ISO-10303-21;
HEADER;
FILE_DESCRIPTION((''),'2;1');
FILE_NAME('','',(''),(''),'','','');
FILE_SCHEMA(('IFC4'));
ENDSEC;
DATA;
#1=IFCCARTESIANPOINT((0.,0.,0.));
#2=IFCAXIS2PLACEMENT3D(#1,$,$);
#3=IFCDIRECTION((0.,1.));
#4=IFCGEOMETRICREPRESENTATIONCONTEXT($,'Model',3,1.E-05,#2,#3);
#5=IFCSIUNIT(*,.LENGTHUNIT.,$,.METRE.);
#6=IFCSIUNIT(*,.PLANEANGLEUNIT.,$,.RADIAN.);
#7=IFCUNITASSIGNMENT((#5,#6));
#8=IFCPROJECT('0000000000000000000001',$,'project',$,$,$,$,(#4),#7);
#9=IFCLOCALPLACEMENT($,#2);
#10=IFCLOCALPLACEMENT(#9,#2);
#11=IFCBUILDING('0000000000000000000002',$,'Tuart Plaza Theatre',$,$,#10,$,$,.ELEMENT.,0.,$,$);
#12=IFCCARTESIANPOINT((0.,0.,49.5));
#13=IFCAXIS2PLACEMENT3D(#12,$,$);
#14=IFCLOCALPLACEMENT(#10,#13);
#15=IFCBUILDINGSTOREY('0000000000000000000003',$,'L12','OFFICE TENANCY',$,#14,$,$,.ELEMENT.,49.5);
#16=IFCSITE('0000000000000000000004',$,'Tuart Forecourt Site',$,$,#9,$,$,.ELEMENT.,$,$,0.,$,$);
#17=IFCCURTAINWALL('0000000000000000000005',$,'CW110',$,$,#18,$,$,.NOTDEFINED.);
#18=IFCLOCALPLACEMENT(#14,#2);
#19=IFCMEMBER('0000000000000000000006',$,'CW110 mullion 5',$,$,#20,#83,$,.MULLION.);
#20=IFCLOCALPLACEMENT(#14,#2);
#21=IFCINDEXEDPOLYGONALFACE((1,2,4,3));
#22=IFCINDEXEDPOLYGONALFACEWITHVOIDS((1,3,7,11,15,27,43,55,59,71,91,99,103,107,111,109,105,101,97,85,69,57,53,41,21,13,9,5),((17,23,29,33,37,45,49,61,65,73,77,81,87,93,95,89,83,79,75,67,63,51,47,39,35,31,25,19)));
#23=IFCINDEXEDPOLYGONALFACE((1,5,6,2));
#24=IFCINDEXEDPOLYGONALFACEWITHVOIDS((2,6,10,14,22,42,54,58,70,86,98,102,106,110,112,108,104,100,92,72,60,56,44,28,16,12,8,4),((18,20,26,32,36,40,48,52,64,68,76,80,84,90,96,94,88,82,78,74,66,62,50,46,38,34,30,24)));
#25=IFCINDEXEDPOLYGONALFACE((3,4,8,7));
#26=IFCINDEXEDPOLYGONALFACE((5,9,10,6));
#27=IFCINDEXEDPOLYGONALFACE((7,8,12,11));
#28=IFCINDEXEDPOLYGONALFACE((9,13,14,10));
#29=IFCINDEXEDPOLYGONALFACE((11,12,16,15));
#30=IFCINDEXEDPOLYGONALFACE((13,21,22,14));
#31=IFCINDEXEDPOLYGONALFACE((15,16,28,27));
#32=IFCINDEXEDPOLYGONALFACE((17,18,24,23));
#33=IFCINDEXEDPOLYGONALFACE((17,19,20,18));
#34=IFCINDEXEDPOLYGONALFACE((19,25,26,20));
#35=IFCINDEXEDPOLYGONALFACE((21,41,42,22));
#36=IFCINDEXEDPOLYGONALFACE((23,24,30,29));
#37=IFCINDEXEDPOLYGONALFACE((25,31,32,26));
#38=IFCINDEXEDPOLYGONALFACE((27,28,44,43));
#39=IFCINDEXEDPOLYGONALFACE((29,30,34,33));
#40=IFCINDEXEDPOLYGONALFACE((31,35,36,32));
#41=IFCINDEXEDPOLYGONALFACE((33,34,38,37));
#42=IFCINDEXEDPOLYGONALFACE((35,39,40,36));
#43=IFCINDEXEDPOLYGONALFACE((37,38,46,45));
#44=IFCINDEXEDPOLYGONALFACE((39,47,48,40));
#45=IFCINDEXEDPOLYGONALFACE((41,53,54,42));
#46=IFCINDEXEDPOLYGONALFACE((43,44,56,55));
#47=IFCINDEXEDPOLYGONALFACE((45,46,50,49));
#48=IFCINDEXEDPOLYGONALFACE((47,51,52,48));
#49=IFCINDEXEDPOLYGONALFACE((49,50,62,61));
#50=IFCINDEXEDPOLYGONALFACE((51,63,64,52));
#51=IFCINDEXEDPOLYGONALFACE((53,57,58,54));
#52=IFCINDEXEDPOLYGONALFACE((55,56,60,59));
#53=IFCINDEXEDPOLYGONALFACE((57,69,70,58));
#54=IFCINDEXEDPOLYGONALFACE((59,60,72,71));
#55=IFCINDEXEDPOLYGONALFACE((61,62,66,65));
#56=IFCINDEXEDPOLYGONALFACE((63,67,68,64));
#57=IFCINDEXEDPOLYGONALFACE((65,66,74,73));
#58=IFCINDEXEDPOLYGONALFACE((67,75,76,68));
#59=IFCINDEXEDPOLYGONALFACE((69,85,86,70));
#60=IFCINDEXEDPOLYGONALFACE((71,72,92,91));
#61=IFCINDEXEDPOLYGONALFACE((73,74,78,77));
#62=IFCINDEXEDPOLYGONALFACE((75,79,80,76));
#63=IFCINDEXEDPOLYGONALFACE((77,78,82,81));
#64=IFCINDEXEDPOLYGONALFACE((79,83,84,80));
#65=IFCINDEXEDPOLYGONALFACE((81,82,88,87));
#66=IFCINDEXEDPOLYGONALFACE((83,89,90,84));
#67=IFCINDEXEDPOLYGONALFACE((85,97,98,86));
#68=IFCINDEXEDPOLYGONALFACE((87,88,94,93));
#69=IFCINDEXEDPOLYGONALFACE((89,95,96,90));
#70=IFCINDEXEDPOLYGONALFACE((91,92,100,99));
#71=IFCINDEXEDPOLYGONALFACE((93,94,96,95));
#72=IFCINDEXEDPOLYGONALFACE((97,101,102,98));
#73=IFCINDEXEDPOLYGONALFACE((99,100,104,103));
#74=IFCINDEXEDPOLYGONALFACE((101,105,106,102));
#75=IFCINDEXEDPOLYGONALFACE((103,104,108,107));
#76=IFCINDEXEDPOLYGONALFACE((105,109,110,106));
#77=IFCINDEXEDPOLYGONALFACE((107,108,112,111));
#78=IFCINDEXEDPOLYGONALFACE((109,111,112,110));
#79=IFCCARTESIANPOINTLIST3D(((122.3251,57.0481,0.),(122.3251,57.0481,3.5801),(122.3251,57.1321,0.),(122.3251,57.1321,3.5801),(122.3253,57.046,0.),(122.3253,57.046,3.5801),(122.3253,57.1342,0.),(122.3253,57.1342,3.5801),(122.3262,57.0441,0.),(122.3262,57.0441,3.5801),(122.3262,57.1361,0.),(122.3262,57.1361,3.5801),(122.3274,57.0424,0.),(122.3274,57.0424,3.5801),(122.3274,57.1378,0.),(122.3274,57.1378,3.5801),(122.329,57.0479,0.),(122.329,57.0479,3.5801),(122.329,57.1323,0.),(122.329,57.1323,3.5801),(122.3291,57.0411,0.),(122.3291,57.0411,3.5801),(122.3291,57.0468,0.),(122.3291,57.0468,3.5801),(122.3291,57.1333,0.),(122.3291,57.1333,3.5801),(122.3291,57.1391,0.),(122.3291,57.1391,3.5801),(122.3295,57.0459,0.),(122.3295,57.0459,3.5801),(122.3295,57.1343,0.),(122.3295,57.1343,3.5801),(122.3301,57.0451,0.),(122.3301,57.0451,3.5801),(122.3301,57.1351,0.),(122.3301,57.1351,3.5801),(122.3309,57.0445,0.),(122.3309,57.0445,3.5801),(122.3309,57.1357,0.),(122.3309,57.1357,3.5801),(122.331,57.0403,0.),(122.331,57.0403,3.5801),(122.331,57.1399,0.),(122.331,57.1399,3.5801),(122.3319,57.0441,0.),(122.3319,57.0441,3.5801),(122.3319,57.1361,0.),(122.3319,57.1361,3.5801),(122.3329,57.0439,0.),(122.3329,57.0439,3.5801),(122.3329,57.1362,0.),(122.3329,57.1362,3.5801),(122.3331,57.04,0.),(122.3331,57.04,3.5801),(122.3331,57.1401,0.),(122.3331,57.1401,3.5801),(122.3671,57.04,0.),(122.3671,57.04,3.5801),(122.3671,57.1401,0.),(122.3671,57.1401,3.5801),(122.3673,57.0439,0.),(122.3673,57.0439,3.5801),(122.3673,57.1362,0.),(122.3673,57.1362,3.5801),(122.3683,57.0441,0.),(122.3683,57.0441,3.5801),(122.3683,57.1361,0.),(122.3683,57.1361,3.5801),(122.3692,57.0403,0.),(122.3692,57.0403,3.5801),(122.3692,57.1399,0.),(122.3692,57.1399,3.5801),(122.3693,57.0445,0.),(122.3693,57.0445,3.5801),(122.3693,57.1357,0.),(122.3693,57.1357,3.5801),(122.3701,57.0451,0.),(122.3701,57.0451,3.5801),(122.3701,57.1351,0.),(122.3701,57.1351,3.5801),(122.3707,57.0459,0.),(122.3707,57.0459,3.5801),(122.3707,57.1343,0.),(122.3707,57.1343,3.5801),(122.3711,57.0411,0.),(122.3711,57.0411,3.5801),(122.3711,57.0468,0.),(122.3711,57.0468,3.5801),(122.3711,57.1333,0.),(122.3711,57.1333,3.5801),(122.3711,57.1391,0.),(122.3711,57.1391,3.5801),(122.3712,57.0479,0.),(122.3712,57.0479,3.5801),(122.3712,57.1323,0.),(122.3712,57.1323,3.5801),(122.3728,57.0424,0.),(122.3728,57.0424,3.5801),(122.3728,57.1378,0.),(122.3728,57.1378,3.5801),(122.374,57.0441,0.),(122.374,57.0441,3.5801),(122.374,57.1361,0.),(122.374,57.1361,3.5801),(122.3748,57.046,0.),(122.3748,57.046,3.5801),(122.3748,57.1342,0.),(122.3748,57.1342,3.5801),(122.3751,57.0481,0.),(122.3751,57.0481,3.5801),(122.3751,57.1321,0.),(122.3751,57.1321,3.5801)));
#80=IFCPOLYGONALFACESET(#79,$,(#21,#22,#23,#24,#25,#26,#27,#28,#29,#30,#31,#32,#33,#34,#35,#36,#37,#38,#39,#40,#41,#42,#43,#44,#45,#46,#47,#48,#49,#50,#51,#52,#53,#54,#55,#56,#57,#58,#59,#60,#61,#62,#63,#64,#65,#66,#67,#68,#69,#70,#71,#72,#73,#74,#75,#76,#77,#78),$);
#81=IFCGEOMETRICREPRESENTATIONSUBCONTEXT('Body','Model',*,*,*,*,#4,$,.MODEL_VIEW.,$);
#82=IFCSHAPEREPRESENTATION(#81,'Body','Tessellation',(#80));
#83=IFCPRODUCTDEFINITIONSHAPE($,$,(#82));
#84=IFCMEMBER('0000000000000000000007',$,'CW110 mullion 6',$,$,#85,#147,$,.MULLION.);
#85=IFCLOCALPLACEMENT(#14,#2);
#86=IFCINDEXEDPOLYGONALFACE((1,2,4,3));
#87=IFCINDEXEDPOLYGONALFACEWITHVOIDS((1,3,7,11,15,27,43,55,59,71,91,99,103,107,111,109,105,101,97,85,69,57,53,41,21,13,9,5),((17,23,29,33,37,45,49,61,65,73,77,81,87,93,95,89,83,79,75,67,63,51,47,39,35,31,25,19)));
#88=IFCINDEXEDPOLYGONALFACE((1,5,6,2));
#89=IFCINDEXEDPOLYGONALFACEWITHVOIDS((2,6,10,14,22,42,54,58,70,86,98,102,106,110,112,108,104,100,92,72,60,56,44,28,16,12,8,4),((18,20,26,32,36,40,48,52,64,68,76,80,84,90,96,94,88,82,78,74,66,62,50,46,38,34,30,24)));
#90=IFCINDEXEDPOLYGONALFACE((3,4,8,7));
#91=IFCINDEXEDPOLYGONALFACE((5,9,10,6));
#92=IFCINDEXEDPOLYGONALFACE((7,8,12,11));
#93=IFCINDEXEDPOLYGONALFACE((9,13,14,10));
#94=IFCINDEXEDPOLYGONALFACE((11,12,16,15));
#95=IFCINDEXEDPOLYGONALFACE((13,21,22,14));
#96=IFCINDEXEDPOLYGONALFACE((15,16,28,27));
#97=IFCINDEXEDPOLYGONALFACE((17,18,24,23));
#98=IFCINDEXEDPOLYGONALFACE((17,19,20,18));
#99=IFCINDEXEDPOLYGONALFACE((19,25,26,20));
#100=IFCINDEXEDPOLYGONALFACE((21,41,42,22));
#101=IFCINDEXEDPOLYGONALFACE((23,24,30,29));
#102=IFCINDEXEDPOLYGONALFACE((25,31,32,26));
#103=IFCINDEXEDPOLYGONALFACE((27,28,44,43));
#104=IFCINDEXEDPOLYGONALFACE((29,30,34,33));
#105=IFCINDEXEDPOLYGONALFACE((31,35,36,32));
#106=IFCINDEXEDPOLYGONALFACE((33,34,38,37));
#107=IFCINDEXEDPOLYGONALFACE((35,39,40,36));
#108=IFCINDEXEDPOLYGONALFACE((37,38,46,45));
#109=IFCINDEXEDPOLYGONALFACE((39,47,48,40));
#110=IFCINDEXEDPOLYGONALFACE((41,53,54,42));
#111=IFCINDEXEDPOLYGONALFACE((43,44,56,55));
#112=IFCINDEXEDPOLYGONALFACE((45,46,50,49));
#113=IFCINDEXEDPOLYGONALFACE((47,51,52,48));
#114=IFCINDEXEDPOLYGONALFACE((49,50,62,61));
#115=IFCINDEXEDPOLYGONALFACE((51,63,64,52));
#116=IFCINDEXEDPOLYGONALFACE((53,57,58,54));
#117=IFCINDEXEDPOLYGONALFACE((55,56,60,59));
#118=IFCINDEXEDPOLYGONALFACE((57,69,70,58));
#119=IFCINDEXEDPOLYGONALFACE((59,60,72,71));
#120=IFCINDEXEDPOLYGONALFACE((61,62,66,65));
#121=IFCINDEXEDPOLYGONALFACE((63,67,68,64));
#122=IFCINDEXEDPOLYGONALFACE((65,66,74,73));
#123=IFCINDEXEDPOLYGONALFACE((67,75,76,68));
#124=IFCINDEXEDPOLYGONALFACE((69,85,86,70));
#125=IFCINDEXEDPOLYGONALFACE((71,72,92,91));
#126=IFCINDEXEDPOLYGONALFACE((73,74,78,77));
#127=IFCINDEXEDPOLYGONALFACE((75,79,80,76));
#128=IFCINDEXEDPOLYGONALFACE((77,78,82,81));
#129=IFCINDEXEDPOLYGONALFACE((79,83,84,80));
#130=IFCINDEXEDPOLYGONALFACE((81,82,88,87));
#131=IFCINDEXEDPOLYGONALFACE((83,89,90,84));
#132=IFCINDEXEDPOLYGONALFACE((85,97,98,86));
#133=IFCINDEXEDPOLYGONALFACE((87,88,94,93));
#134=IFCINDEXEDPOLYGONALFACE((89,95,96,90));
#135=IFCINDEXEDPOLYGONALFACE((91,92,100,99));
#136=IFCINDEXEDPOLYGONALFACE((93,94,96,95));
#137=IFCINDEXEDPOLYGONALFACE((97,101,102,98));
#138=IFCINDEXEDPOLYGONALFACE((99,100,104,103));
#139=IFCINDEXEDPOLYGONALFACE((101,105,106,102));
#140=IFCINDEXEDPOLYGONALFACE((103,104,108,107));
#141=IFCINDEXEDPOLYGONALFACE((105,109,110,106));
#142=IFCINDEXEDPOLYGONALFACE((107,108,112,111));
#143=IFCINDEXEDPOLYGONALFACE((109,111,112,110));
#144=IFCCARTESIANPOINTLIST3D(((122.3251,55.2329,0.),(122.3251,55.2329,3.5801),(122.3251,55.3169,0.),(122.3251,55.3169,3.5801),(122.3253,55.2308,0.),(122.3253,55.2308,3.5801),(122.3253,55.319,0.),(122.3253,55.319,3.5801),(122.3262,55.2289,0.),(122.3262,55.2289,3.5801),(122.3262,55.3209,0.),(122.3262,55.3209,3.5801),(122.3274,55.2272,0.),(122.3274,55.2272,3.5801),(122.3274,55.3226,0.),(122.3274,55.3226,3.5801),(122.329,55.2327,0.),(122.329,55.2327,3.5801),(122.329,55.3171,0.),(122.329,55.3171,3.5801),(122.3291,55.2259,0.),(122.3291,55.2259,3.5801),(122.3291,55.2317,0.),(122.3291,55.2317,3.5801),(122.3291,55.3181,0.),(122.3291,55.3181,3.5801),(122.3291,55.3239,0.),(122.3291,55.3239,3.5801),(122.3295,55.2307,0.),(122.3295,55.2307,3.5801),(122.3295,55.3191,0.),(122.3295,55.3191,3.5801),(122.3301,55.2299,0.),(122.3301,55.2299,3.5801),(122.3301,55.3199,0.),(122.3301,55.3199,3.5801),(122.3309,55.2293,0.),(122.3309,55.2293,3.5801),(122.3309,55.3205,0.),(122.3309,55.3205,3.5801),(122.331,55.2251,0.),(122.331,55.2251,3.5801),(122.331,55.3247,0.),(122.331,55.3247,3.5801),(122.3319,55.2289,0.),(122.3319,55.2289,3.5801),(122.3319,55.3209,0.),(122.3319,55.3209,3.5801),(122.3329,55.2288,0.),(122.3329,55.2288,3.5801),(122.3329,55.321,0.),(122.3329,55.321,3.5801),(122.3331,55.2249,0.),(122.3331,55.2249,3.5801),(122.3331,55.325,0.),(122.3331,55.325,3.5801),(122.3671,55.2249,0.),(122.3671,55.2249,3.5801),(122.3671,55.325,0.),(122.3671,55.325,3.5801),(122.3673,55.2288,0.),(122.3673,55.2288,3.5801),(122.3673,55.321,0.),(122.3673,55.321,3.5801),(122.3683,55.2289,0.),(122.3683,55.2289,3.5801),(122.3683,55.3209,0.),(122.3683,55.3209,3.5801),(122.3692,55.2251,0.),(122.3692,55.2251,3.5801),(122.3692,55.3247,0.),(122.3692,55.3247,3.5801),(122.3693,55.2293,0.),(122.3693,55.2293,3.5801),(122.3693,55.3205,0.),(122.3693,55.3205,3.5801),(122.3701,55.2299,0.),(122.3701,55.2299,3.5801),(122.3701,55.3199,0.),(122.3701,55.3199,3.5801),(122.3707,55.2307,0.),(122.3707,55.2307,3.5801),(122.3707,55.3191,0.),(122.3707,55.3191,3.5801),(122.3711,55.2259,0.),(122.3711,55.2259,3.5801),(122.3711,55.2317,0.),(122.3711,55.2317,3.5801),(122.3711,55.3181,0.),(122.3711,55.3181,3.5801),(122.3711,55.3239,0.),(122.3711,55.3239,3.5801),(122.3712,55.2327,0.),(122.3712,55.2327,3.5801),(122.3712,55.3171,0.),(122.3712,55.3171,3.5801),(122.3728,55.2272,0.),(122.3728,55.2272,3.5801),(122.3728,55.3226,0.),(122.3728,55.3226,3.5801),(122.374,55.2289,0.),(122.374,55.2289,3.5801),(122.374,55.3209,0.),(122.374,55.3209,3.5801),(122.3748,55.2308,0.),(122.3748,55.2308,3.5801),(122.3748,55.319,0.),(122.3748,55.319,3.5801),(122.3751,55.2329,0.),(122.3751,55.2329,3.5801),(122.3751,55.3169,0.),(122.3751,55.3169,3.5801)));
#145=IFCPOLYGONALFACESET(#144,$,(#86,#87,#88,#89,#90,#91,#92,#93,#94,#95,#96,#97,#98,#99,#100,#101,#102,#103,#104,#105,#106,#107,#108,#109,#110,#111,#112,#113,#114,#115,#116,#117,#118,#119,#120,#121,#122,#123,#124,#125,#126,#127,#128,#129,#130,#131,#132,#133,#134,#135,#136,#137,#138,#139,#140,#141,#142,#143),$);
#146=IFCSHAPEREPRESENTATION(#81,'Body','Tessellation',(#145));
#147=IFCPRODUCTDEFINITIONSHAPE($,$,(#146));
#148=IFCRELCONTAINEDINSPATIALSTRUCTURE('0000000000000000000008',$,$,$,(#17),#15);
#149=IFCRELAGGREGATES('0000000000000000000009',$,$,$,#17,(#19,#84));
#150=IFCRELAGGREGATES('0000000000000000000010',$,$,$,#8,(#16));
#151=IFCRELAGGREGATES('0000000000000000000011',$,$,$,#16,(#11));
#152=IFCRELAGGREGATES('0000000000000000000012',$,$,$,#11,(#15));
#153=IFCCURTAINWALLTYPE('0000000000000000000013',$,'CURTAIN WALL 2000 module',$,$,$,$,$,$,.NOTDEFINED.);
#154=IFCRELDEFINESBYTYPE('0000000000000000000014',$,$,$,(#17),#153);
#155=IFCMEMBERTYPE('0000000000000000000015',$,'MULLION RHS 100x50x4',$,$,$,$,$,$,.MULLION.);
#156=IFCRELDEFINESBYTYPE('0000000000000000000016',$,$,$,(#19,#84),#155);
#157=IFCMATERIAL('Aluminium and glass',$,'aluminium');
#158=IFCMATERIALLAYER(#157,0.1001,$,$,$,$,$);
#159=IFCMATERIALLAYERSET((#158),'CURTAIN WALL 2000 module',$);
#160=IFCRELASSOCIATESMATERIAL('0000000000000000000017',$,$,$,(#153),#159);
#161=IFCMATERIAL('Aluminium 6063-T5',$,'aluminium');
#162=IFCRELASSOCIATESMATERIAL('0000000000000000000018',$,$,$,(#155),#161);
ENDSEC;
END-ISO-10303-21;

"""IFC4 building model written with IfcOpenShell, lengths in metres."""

from ifc_helpers import new_model, si_unit, direction, frame, origin, origin_2d, place, context, subcontext, project, spatial, hollow_rectangle, extrude, material, layer, layer_set, material_profile, profile_set, type_object, element, aggregate, save


model = new_model("IFC4")

# Units and contexts
model_context = context("Model", 3, precision=1e-05, world=origin(), true_north=direction((0.0, 1.0)))
body_context = subcontext(model_context, "Body", "Model", "MODEL_VIEW")
ifc_project = project(units=[si_unit("LENGTHUNIT", "METRE"), si_unit("PLANEANGLEUNIT", "RADIAN")], contexts=[model_context])

# Site, building, storey
site_placement = place(None, origin())
site = spatial("IfcSite", under=ifc_project, at=site_placement, Name="Tuart Forecourt Site", CompositionType="ELEMENT", RefElevation=0.0)
building_placement = place(site_placement, origin())
building = spatial("IfcBuilding", under=site, at=building_placement, Name="Tuart Plaza Theatre", CompositionType="ELEMENT", ElevationOfRefHeight=0.0)
storey_placement = place(building_placement, frame((0.0, 0.0, 49.5)))
storey = spatial("IfcBuildingStorey", under=building, at=storey_placement, Name="L12", Description="OFFICE TENANCY", CompositionType="ELEMENT", Elevation=49.5)

# Curtain wall, members
ifc_material_1 = material(Name="Aluminium and glass", Category="aluminium")
ifc_layer_1 = layer(ifc_material_1, 0.1001)
ifc_layer_set_1 = layer_set([ifc_layer_1], Name="CURTAIN WALL 2000 module")
curtain_wall_type = type_object("IfcCurtainWallType", Name="CURTAIN WALL 2000 module", PredefinedType="NOTDEFINED", material=ifc_layer_set_1)
curtain_wall_placement = place(storey_placement, origin())
curtain_wall = element("IfcCurtainWall", 1, at=curtain_wall_placement, inside=storey, type_object=curtain_wall_type, Name="CW110", PredefinedType="NOTDEFINED")
ifc_material_2 = material(Name="Aluminium 6063-T5", Category="aluminium")
ifc_material_profile_1 = material_profile(ifc_material_2, hollow_rectangle(XDim=0.05, YDim=0.1001, WallThickness=0.0039, InnerFilletRadius=0.0039, OuterFilletRadius=0.0081, at=origin_2d()), Name="RHS 100x50x4")
ifc_profile_set_1 = profile_set([ifc_material_profile_1], Name="Aluminium 6063-T5")
member_type_1 = type_object("IfcMemberType", Name="MULLION RHS 100x50x4", PredefinedType="MULLION", material=ifc_profile_set_1)
member_1_placement = place(storey_placement, frame((122.3501, 57.0901, 0.0), z_axis=(0.0, 0.0, 1.0), x_axis=(1.0, 0.0, 0.0)))
member_1 = element("IfcMember", 2, at=member_1_placement, type_object=member_type_1, Name="CW110 mullion 5", PredefinedType="MULLION", context=body_context, shape_type="SweptSolid", body=[
    extrude(hollow_rectangle(XDim=0.05, YDim=0.1001, WallThickness=0.0039, InnerFilletRadius=0.0039, OuterFilletRadius=0.0081, at=origin_2d()), origin(), (0.0, 0.0, 1.0), 3.5801),
])
member_2_placement = place(storey_placement, frame((122.3501, 55.2749, 0.0), z_axis=(0.0, 0.0, 1.0), x_axis=(1.0, 0.0, 0.0)))
member_2 = element("IfcMember", 3, at=member_2_placement, type_object=member_type_1, Name="CW110 mullion 6", PredefinedType="MULLION", context=body_context, shape_type="SweptSolid", body=[
    extrude(hollow_rectangle(XDim=0.05, YDim=0.1001, WallThickness=0.0039, InnerFilletRadius=0.0039, OuterFilletRadius=0.0081, at=origin_2d()), origin(), (0.0, 0.0, 1.0), 3.5801),
])
aggregate(curtain_wall, [member_1, member_2])

save(model, "model.ifc")
